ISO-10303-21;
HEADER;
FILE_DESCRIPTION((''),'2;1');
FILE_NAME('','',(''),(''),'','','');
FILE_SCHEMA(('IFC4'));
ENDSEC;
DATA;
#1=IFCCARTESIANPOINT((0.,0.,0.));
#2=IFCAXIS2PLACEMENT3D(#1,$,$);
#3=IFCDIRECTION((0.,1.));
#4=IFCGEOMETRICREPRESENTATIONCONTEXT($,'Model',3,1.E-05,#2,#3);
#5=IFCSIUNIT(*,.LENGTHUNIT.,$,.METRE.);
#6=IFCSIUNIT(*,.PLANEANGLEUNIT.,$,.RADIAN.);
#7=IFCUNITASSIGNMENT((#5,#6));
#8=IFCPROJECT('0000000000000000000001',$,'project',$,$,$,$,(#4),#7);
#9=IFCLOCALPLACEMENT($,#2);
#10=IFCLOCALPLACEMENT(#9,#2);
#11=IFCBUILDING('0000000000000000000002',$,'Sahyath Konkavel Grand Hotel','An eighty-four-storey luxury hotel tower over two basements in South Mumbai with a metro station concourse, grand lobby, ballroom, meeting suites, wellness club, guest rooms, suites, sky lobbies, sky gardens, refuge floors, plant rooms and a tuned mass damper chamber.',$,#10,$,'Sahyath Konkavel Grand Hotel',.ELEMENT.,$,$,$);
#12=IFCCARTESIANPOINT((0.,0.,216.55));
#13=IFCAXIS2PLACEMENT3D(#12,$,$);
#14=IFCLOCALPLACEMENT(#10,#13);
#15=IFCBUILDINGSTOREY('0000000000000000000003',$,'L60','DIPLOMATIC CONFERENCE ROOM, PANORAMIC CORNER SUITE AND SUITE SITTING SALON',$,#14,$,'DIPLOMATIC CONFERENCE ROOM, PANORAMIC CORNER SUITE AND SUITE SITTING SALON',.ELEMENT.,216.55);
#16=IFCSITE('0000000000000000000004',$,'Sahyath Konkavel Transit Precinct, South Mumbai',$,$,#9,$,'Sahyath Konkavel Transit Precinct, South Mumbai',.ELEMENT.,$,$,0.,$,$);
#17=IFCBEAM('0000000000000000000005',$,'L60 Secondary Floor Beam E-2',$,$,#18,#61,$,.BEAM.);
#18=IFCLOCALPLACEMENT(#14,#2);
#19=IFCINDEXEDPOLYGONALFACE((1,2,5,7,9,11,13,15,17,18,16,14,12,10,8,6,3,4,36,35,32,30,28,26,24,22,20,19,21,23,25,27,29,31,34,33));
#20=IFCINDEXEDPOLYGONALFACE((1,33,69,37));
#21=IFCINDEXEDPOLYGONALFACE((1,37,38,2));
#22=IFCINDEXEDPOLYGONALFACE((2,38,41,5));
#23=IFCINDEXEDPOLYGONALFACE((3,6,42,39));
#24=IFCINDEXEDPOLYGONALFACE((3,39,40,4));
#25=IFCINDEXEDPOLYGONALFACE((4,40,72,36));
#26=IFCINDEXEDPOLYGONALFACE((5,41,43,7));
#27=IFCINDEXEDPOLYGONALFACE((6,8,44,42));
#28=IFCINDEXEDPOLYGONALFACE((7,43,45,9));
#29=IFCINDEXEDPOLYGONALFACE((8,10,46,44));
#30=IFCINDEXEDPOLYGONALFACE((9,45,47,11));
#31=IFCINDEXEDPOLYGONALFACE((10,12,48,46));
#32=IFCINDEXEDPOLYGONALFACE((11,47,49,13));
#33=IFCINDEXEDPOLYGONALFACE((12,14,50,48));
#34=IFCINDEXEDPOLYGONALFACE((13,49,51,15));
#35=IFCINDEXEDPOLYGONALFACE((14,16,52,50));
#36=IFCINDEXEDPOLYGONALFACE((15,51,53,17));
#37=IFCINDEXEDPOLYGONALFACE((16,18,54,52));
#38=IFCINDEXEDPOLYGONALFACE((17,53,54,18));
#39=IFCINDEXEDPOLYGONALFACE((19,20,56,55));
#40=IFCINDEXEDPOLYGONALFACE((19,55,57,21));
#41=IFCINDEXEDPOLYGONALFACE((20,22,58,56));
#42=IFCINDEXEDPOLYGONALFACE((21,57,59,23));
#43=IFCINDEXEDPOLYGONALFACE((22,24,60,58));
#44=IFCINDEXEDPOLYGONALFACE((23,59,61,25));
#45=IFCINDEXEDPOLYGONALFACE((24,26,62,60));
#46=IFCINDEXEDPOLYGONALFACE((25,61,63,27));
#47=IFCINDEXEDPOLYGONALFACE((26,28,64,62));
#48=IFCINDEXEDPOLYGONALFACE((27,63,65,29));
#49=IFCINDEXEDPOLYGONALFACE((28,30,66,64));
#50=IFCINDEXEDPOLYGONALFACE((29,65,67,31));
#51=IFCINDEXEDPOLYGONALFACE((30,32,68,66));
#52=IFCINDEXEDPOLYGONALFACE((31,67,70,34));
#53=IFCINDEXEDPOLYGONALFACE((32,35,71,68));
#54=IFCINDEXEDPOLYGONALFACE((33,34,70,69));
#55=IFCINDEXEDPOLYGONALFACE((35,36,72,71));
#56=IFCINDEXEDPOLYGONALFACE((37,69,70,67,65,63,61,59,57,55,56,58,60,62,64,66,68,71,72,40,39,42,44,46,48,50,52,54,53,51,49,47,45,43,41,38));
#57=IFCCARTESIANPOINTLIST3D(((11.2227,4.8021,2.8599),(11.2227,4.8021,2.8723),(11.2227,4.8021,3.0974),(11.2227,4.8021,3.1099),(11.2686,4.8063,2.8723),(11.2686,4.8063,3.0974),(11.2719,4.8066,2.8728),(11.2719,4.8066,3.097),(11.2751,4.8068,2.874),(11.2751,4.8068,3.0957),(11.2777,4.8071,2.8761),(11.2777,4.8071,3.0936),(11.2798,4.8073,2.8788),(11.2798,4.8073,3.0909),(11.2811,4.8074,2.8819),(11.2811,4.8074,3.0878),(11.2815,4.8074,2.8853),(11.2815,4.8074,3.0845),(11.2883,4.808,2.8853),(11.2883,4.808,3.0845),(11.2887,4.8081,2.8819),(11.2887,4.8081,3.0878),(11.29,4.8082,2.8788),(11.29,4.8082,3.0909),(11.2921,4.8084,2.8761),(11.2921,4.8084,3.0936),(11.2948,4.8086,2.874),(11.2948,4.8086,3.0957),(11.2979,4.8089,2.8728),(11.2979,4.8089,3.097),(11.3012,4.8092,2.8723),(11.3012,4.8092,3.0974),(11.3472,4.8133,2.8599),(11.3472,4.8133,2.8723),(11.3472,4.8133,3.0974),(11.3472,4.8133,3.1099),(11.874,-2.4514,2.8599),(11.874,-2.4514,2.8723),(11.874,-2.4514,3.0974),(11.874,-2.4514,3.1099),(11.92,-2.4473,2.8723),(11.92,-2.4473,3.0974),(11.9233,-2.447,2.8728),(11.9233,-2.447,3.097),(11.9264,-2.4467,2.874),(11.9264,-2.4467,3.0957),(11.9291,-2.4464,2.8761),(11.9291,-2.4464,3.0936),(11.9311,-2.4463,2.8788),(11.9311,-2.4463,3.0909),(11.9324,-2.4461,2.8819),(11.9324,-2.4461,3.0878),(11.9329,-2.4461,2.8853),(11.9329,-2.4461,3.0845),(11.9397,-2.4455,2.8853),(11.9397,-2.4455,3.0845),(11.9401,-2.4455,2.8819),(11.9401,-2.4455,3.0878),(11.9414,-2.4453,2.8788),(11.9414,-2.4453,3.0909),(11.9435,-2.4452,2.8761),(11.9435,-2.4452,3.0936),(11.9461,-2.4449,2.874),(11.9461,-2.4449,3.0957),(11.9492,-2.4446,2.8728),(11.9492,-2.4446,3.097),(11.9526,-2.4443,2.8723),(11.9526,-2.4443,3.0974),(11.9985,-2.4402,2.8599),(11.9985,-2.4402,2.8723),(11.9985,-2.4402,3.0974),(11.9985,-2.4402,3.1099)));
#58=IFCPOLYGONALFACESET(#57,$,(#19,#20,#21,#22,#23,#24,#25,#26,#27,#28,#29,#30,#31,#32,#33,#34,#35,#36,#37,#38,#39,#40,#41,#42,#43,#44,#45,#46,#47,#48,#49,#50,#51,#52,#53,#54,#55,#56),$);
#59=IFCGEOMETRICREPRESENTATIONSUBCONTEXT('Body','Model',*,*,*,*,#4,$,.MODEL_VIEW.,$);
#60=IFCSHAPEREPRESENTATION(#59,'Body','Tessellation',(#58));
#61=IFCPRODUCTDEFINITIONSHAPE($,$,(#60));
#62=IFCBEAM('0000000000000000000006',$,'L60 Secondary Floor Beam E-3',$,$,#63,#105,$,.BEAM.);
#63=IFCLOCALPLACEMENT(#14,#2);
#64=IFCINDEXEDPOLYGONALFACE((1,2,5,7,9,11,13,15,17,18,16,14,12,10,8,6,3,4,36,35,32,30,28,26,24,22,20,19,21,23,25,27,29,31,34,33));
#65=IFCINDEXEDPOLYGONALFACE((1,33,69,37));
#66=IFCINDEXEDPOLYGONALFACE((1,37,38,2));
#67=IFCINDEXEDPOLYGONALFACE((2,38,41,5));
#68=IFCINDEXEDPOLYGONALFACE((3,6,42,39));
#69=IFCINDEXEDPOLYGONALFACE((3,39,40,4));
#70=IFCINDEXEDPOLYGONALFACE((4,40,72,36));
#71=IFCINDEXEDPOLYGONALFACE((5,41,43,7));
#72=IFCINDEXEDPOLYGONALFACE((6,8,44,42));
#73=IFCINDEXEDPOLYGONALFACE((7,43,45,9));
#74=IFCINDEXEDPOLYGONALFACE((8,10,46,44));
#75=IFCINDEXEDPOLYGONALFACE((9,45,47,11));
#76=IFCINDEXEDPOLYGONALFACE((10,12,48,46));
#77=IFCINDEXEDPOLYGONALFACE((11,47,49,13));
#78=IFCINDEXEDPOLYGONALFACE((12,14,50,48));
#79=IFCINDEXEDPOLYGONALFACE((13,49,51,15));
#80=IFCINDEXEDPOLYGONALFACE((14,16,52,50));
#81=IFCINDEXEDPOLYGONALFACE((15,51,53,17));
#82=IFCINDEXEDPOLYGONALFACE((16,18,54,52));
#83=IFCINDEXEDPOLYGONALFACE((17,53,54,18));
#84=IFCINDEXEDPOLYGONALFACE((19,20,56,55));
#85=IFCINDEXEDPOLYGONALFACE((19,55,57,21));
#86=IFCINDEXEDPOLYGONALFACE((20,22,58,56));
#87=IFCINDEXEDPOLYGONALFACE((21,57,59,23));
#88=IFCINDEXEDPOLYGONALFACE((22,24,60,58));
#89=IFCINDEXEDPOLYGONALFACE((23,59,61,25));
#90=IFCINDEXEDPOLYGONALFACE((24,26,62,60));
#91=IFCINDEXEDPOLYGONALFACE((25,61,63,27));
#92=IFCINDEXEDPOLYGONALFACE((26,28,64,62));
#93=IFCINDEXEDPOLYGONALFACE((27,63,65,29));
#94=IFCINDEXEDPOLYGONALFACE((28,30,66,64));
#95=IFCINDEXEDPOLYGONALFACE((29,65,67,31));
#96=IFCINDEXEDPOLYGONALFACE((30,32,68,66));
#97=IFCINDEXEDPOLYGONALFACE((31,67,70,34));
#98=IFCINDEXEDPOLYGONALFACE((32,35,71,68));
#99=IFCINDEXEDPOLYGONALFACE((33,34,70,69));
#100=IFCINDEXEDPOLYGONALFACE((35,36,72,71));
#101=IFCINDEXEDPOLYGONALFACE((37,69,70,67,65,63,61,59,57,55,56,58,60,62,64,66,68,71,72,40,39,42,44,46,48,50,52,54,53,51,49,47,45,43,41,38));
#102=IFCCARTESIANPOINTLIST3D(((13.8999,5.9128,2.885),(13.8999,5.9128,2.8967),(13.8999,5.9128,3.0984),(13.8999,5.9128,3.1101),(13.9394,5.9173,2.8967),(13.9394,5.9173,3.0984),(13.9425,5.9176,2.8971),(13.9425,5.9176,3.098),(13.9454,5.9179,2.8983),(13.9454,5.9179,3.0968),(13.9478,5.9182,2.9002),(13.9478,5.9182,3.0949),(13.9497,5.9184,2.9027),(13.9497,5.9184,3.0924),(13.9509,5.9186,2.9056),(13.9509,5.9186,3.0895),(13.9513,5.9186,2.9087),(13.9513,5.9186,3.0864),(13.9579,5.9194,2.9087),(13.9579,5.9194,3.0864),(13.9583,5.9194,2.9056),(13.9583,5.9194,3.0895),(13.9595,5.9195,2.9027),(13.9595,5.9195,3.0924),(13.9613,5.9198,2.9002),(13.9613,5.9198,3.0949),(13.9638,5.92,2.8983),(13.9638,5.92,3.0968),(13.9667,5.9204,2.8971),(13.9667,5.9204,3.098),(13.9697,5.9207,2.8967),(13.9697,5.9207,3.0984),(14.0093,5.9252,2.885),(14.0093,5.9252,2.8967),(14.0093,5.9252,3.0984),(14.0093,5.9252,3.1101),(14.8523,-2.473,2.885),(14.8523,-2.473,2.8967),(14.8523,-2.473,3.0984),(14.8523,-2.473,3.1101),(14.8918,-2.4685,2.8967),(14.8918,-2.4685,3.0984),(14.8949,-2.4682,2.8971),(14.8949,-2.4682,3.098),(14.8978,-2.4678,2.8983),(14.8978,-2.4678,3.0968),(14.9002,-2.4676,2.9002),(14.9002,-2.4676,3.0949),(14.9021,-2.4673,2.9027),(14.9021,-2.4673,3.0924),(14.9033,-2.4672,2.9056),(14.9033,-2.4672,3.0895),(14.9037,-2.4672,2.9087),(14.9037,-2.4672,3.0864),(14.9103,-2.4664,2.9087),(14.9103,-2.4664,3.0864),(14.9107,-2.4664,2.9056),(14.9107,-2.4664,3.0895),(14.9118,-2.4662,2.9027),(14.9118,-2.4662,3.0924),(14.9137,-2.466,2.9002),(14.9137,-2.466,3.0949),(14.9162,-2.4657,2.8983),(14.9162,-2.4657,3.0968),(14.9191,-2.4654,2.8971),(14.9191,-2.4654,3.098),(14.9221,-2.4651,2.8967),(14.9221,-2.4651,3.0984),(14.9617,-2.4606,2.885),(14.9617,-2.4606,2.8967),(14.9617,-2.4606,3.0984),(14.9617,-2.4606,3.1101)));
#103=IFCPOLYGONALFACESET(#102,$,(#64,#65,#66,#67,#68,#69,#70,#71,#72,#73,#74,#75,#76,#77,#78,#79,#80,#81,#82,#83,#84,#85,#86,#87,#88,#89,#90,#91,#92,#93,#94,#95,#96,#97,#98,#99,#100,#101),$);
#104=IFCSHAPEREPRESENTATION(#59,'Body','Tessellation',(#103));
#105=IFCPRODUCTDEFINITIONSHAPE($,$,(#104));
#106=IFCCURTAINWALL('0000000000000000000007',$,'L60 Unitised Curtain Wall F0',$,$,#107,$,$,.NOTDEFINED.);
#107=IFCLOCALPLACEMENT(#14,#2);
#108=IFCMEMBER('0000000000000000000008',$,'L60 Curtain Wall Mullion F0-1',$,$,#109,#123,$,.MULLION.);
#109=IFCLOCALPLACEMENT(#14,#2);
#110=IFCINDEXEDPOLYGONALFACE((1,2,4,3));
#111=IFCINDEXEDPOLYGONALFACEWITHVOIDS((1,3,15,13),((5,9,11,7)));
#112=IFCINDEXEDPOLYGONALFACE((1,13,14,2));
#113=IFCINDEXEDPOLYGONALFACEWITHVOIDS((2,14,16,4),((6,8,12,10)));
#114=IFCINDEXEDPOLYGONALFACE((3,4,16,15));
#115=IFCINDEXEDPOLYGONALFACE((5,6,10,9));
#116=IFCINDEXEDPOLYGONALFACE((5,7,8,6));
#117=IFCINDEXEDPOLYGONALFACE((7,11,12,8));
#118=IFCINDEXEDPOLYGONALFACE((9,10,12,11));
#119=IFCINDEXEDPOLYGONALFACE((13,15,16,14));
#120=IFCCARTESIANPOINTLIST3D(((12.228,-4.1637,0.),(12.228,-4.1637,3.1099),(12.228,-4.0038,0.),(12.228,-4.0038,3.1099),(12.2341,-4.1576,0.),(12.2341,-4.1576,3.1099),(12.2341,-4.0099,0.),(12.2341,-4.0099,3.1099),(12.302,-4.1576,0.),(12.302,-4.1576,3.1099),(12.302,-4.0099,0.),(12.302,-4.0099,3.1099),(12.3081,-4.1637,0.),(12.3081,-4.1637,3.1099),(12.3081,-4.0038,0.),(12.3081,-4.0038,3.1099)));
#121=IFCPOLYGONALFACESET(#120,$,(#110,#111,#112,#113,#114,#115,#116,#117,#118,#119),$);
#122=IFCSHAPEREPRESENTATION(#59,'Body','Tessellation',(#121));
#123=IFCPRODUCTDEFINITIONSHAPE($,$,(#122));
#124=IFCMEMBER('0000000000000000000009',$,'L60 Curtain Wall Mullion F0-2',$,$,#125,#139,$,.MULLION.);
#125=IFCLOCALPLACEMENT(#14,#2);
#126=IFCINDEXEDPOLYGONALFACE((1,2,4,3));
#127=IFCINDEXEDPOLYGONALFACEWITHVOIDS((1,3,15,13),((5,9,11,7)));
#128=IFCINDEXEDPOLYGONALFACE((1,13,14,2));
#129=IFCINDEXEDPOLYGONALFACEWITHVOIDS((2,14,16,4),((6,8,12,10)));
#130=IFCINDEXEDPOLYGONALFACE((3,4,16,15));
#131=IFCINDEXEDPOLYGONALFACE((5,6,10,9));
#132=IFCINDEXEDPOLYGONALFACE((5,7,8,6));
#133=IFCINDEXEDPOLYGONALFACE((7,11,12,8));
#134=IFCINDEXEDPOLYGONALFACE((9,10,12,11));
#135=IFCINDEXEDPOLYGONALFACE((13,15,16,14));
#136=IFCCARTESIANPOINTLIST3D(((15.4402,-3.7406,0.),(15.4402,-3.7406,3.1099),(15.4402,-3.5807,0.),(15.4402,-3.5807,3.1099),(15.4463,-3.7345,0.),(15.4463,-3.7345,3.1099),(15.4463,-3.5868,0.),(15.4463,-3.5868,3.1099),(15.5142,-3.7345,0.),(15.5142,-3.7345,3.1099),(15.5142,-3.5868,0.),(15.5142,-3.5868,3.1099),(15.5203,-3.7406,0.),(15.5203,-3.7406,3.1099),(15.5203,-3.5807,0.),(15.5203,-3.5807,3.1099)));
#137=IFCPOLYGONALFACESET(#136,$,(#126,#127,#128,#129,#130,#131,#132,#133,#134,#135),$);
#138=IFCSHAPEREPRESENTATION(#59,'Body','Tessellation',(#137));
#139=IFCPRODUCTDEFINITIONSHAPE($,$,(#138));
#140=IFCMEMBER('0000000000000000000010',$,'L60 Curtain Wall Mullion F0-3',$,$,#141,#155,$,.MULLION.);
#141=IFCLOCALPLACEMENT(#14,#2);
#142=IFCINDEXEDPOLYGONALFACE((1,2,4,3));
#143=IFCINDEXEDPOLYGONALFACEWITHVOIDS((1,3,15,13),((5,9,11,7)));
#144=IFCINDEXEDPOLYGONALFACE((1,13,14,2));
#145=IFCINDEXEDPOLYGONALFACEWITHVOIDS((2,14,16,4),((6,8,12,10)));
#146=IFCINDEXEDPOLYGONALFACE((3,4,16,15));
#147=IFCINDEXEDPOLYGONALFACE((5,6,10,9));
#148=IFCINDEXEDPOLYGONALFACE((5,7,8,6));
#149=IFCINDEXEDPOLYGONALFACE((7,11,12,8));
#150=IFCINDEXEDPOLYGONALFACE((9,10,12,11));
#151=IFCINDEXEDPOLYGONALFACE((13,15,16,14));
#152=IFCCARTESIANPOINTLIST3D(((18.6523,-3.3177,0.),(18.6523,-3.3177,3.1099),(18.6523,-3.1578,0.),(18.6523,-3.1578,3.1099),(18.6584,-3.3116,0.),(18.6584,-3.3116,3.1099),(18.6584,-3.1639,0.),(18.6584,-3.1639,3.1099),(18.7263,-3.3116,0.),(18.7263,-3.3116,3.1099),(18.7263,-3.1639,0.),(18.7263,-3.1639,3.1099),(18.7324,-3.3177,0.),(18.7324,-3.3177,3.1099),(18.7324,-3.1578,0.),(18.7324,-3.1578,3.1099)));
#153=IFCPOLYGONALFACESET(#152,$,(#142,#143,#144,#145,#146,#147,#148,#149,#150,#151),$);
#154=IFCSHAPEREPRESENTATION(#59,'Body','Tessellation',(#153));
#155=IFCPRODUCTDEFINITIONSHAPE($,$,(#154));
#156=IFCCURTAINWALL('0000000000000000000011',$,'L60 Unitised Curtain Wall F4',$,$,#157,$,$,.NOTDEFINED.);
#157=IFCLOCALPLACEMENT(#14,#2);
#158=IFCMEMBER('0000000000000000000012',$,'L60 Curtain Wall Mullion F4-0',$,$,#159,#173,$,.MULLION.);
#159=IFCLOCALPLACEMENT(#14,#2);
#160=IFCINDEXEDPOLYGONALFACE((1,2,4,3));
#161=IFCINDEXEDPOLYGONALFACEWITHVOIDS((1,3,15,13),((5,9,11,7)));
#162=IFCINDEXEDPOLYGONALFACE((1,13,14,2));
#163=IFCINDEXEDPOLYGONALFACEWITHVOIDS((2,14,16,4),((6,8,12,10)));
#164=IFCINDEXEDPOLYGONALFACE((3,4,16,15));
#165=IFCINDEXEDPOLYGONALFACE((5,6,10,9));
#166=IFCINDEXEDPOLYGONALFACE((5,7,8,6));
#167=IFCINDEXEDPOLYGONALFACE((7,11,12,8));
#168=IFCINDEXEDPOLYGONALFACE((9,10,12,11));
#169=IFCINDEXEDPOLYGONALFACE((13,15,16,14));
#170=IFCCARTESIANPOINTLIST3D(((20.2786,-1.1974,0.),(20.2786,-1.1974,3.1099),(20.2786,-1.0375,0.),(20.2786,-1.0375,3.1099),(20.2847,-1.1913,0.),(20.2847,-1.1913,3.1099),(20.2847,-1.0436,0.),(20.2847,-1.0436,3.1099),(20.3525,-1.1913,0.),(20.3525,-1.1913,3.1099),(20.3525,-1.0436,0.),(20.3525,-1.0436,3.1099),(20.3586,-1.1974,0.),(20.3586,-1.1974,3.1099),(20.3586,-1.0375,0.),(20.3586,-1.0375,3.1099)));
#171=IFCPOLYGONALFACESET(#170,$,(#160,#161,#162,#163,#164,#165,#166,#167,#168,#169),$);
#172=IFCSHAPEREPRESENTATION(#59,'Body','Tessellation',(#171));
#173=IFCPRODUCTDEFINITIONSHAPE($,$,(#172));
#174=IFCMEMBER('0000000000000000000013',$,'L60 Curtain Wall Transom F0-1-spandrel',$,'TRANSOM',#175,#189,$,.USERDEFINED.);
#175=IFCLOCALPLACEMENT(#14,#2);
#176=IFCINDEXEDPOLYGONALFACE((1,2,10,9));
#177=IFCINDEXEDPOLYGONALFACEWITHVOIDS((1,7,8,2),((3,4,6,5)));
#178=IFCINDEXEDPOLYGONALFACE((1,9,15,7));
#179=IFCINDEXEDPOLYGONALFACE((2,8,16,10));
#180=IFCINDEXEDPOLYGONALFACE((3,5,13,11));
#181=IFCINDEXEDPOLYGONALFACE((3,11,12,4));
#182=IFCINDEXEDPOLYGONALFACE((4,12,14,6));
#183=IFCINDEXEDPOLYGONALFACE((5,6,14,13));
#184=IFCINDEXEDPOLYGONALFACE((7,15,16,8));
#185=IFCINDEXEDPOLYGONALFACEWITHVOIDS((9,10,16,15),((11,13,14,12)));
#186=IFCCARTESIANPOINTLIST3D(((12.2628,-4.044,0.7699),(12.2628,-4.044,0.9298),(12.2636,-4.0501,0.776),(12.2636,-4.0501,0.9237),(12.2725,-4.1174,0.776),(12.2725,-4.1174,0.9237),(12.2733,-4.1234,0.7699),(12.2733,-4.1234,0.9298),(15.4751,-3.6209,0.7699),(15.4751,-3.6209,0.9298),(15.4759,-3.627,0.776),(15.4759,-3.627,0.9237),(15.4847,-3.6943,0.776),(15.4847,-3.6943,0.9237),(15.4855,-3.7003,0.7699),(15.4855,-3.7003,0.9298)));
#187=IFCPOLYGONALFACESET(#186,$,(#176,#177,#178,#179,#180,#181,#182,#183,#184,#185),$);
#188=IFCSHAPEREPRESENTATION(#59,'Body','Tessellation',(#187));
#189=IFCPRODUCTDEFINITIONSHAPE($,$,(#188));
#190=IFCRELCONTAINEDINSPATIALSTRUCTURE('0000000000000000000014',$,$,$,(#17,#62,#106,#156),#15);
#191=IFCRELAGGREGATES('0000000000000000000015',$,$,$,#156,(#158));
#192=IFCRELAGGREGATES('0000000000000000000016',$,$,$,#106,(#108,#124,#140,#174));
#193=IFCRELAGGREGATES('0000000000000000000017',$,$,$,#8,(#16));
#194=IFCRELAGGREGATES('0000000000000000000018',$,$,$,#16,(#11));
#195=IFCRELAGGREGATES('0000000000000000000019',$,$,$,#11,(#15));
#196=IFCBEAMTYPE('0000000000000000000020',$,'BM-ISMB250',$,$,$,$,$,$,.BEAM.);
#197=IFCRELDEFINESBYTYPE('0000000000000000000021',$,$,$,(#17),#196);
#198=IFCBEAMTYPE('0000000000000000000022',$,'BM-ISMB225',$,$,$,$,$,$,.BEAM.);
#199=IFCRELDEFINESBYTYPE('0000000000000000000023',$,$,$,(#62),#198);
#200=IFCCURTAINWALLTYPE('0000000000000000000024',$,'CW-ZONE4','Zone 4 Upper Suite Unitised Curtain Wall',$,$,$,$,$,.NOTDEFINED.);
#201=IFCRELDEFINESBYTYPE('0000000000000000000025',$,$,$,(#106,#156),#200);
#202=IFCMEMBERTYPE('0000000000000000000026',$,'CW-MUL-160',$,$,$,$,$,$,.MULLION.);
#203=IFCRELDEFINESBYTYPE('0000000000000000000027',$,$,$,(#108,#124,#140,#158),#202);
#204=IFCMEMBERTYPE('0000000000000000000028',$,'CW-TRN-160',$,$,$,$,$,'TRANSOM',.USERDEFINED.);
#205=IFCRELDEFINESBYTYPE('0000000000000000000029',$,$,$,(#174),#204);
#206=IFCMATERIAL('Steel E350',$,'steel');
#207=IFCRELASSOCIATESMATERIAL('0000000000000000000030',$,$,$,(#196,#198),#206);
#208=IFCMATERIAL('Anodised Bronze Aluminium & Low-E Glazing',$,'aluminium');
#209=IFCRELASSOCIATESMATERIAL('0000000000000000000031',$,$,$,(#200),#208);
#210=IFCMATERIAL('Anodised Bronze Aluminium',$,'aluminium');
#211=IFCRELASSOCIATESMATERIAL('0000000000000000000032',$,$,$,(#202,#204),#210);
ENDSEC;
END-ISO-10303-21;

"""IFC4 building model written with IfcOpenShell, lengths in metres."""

from ifc_helpers import new_model, si_unit, direction, frame, origin, origin_2d, place, context, subcontext, project, spatial, hollow_rectangle, i_section, extrude, source, transform, mapped, material, material_profile, profile_set, type_object, element, aggregate, save


model = new_model("IFC4")

# Units and contexts
model_context = context("Model", 3, precision=1e-05, world=origin(), true_north=direction((0.0, 1.0)))
body_context = subcontext(model_context, "Body", "Model", "MODEL_VIEW")
ifc_project = project(units=[si_unit("LENGTHUNIT", "METRE"), si_unit("PLANEANGLEUNIT", "RADIAN")], contexts=[model_context])

# Site, building, storey
site_placement = place(None, origin())
site = spatial("IfcSite", under=ifc_project, at=site_placement, Name="Sahyath Konkavel Transit Precinct, South Mumbai", LongName="Sahyath Konkavel Transit Precinct, South Mumbai", CompositionType="ELEMENT", RefElevation=0.0)
building_placement = place(site_placement, origin())
building = spatial("IfcBuilding", under=site, at=building_placement, Name="Sahyath Konkavel Grand Hotel", Description="An eighty-four-storey luxury hotel tower over two basements in South Mumbai with a metro station concourse, grand lobby, ballroom, meeting suites, wellness club, guest rooms, suites, sky lobbies, sky gardens, refuge floors, plant rooms and a tuned mass damper chamber.", LongName="Sahyath Konkavel Grand Hotel", CompositionType="ELEMENT")
storey_placement = place(building_placement, frame((0.0, 0.0, 216.55)))
storey = spatial("IfcBuildingStorey", under=building, at=storey_placement, Name="L60", Description="DIPLOMATIC CONFERENCE ROOM, PANORAMIC CORNER SUITE AND SUITE SITTING SALON", LongName="DIPLOMATIC CONFERENCE ROOM, PANORAMIC CORNER SUITE AND SUITE SITTING SALON", CompositionType="ELEMENT", Elevation=216.55)

# Beams
ifc_material_1 = material(Name="Steel E350", Category="steel")
ifc_material_profile_1 = material_profile(ifc_material_1, i_section(OverallWidth=0.125, OverallDepth=0.25, WebThickness=0.0068, FlangeThickness=0.0125, FilletRadius=0.0129, at=origin_2d()), Name="ISMB 250")
ifc_profile_set_1 = profile_set([ifc_material_profile_1], Name="Steel E350")
beam_type_1 = type_object("IfcBeamType", Name="BM-ISMB250", PredefinedType="BEAM", material=ifc_profile_set_1)
shared_shape_1 = source(origin(), body_context, "Body", "SweptSolid", [
    extrude(i_section(OverallWidth=0.125, OverallDepth=0.25, WebThickness=0.0068, FlangeThickness=0.0125, FilletRadius=0.0129, at=origin_2d()), origin(), (0.0, 0.0, 1.0), 7.2827),
])
beam_1_placement = place(storey_placement, frame((11.9363, -2.4458, 2.9849), z_axis=(-0.089441, 0.995992, 0.0), x_axis=(-0.995992, -0.089441, 0.0)))
element("IfcBeam", 1, at=beam_1_placement, inside=storey, type_object=beam_type_1, Name="L60 Secondary Floor Beam E-2", PredefinedType="BEAM", context=body_context, shape_type="MappedRepresentation", body=[
    mapped(shared_shape_1, transform((0.0, 0.0, 0.0), scale=1.0)),
])
ifc_material_profile_2 = material_profile(ifc_material_1, i_section(OverallWidth=0.1101, OverallDepth=0.2251, WebThickness=0.0066, FlangeThickness=0.0117, FilletRadius=0.012, at=origin_2d()), Name="ISMB 225")
ifc_profile_set_2 = profile_set([ifc_material_profile_2], Name="Steel E350")
beam_type_2 = type_object("IfcBeamType", Name="BM-ISMB225", PredefinedType="BEAM", material=ifc_profile_set_2)
shared_shape_2 = source(origin(), body_context, "Body", "SweptSolid", [
    extrude(i_section(OverallWidth=0.1101, OverallDepth=0.2251, WebThickness=0.0066, FlangeThickness=0.0117, FilletRadius=0.012, at=origin_2d()), origin(), (0.0, 0.0, 1.0), 8.4397),
])
beam_2_placement = place(storey_placement, frame((14.907, -2.4668, 2.9976), z_axis=(-0.112847, 0.993612, 0.0), x_axis=(-0.993612, -0.112847, 0.0)))
element("IfcBeam", 2, at=beam_2_placement, inside=storey, type_object=beam_type_2, Name="L60 Secondary Floor Beam E-3", PredefinedType="BEAM", context=body_context, shape_type="MappedRepresentation", body=[
    mapped(shared_shape_2, transform((0.0, 0.0, 0.0), scale=1.0)),
])

# Curtain wall, members
ifc_material_2 = material(Name="Anodised Bronze Aluminium & Low-E Glazing", Category="aluminium")
curtain_wall_type = type_object("IfcCurtainWallType", Name="CW-ZONE4", Description="Zone 4 Upper Suite Unitised Curtain Wall", PredefinedType="NOTDEFINED", material=ifc_material_2)
curtain_wall_1_placement = place(storey_placement, origin())
curtain_wall_1 = element("IfcCurtainWall", 3, at=curtain_wall_1_placement, inside=storey, type_object=curtain_wall_type, Name="L60 Unitised Curtain Wall F0", PredefinedType="NOTDEFINED")
ifc_material_3 = material(Name="Anodised Bronze Aluminium", Category="aluminium")
ifc_material_profile_3 = material_profile(ifc_material_3, hollow_rectangle(XDim=0.0801, YDim=0.1599, WallThickness=0.0061, at=origin_2d()), Name="RHS 160x80x6")
ifc_profile_set_3 = profile_set([ifc_material_profile_3], Name="Anodised Bronze Aluminium")
member_type_1 = type_object("IfcMemberType", Name="CW-MUL-160", PredefinedType="MULLION", material=ifc_profile_set_3)
shared_shape_3 = source(origin(), body_context, "Body", "SweptSolid", [
    extrude(hollow_rectangle(XDim=0.0801, YDim=0.1599, WallThickness=0.0061, at=origin_2d()), origin(), (0.0, 0.0, 1.0), 3.1099),
])
member_1_placement = place(storey_placement, frame((12.2681, -4.0837, 0.0), z_axis=(0.0, 0.0, 1.0), x_axis=(1.0, 0.0, 0.0)))
member_1 = element("IfcMember", 4, at=member_1_placement, type_object=member_type_1, Name="L60 Curtain Wall Mullion F0-1", PredefinedType="MULLION", context=body_context, shape_type="MappedRepresentation", body=[
    mapped(shared_shape_3, transform((0.0, 0.0, 0.0), scale=1.0)),
])
member_2_placement = place(storey_placement, frame((15.4802, -3.6606, 0.0), z_axis=(0.0, 0.0, 1.0), x_axis=(1.0, 0.0, 0.0)))
member_2 = element("IfcMember", 5, at=member_2_placement, type_object=member_type_1, Name="L60 Curtain Wall Mullion F0-2", PredefinedType="MULLION", context=body_context, shape_type="MappedRepresentation", body=[
    mapped(shared_shape_3, transform((0.0, 0.0, 0.0), scale=1.0)),
])
member_3_placement = place(storey_placement, frame((18.6924, -3.2378, 0.0), z_axis=(0.0, 0.0, 1.0), x_axis=(1.0, 0.0, 0.0)))
member_3 = element("IfcMember", 6, at=member_3_placement, type_object=member_type_1, Name="L60 Curtain Wall Mullion F0-3", PredefinedType="MULLION", context=body_context, shape_type="MappedRepresentation", body=[
    mapped(shared_shape_3, transform((0.0, 0.0, 0.0), scale=1.0)),
])

# Curtain wall, member
curtain_wall_2_placement = place(storey_placement, origin())
curtain_wall_2 = element("IfcCurtainWall", 7, at=curtain_wall_2_placement, inside=storey, type_object=curtain_wall_type, Name="L60 Unitised Curtain Wall F4", PredefinedType="NOTDEFINED")
member_4_placement = place(storey_placement, frame((20.3186, -1.1174, 0.0), z_axis=(0.0, 0.0, 1.0), x_axis=(1.0, 0.0, 0.0)))
member_4 = element("IfcMember", 8, at=member_4_placement, type_object=member_type_1, Name="L60 Curtain Wall Mullion F4-0", PredefinedType="MULLION", context=body_context, shape_type="MappedRepresentation", body=[
    mapped(shared_shape_3, transform((0.0, 0.0, 0.0), scale=1.0)),
])

# Member
ifc_material_profile_4 = material_profile(ifc_material_3, hollow_rectangle(XDim=0.0801, YDim=0.1599, WallThickness=0.0061, at=origin_2d()), Name="RHS 160x80x6")
ifc_profile_set_4 = profile_set([ifc_material_profile_4], Name="Anodised Bronze Aluminium")
member_type_2 = type_object("IfcMemberType", Name="CW-TRN-160", ElementType="TRANSOM", PredefinedType="USERDEFINED", material=ifc_profile_set_4)
shared_shape_4 = source(origin(), body_context, "Body", "SweptSolid", [
    extrude(hollow_rectangle(XDim=0.0801, YDim=0.1599, WallThickness=0.0061, at=origin_2d()), origin(), (0.0, 0.0, 1.0), 3.24),
])
member_5_placement = place(storey_placement, frame((12.2681, -4.0837, 0.8499), z_axis=(0.991437, 0.130589, 0.0), x_axis=(-0.130589, 0.991437, 0.0)))
member_5 = element("IfcMember", 9, at=member_5_placement, type_object=member_type_2, Name="L60 Curtain Wall Transom F0-1-spandrel", ObjectType="TRANSOM", PredefinedType="USERDEFINED", context=body_context, shape_type="MappedRepresentation", body=[
    mapped(shared_shape_4, transform((0.0, 0.0, 0.0), scale=1.0)),
])
aggregate(curtain_wall_2, [member_4])

aggregate(curtain_wall_1, [member_1, member_2, member_3, member_5])

save(model, "model.ifc")
